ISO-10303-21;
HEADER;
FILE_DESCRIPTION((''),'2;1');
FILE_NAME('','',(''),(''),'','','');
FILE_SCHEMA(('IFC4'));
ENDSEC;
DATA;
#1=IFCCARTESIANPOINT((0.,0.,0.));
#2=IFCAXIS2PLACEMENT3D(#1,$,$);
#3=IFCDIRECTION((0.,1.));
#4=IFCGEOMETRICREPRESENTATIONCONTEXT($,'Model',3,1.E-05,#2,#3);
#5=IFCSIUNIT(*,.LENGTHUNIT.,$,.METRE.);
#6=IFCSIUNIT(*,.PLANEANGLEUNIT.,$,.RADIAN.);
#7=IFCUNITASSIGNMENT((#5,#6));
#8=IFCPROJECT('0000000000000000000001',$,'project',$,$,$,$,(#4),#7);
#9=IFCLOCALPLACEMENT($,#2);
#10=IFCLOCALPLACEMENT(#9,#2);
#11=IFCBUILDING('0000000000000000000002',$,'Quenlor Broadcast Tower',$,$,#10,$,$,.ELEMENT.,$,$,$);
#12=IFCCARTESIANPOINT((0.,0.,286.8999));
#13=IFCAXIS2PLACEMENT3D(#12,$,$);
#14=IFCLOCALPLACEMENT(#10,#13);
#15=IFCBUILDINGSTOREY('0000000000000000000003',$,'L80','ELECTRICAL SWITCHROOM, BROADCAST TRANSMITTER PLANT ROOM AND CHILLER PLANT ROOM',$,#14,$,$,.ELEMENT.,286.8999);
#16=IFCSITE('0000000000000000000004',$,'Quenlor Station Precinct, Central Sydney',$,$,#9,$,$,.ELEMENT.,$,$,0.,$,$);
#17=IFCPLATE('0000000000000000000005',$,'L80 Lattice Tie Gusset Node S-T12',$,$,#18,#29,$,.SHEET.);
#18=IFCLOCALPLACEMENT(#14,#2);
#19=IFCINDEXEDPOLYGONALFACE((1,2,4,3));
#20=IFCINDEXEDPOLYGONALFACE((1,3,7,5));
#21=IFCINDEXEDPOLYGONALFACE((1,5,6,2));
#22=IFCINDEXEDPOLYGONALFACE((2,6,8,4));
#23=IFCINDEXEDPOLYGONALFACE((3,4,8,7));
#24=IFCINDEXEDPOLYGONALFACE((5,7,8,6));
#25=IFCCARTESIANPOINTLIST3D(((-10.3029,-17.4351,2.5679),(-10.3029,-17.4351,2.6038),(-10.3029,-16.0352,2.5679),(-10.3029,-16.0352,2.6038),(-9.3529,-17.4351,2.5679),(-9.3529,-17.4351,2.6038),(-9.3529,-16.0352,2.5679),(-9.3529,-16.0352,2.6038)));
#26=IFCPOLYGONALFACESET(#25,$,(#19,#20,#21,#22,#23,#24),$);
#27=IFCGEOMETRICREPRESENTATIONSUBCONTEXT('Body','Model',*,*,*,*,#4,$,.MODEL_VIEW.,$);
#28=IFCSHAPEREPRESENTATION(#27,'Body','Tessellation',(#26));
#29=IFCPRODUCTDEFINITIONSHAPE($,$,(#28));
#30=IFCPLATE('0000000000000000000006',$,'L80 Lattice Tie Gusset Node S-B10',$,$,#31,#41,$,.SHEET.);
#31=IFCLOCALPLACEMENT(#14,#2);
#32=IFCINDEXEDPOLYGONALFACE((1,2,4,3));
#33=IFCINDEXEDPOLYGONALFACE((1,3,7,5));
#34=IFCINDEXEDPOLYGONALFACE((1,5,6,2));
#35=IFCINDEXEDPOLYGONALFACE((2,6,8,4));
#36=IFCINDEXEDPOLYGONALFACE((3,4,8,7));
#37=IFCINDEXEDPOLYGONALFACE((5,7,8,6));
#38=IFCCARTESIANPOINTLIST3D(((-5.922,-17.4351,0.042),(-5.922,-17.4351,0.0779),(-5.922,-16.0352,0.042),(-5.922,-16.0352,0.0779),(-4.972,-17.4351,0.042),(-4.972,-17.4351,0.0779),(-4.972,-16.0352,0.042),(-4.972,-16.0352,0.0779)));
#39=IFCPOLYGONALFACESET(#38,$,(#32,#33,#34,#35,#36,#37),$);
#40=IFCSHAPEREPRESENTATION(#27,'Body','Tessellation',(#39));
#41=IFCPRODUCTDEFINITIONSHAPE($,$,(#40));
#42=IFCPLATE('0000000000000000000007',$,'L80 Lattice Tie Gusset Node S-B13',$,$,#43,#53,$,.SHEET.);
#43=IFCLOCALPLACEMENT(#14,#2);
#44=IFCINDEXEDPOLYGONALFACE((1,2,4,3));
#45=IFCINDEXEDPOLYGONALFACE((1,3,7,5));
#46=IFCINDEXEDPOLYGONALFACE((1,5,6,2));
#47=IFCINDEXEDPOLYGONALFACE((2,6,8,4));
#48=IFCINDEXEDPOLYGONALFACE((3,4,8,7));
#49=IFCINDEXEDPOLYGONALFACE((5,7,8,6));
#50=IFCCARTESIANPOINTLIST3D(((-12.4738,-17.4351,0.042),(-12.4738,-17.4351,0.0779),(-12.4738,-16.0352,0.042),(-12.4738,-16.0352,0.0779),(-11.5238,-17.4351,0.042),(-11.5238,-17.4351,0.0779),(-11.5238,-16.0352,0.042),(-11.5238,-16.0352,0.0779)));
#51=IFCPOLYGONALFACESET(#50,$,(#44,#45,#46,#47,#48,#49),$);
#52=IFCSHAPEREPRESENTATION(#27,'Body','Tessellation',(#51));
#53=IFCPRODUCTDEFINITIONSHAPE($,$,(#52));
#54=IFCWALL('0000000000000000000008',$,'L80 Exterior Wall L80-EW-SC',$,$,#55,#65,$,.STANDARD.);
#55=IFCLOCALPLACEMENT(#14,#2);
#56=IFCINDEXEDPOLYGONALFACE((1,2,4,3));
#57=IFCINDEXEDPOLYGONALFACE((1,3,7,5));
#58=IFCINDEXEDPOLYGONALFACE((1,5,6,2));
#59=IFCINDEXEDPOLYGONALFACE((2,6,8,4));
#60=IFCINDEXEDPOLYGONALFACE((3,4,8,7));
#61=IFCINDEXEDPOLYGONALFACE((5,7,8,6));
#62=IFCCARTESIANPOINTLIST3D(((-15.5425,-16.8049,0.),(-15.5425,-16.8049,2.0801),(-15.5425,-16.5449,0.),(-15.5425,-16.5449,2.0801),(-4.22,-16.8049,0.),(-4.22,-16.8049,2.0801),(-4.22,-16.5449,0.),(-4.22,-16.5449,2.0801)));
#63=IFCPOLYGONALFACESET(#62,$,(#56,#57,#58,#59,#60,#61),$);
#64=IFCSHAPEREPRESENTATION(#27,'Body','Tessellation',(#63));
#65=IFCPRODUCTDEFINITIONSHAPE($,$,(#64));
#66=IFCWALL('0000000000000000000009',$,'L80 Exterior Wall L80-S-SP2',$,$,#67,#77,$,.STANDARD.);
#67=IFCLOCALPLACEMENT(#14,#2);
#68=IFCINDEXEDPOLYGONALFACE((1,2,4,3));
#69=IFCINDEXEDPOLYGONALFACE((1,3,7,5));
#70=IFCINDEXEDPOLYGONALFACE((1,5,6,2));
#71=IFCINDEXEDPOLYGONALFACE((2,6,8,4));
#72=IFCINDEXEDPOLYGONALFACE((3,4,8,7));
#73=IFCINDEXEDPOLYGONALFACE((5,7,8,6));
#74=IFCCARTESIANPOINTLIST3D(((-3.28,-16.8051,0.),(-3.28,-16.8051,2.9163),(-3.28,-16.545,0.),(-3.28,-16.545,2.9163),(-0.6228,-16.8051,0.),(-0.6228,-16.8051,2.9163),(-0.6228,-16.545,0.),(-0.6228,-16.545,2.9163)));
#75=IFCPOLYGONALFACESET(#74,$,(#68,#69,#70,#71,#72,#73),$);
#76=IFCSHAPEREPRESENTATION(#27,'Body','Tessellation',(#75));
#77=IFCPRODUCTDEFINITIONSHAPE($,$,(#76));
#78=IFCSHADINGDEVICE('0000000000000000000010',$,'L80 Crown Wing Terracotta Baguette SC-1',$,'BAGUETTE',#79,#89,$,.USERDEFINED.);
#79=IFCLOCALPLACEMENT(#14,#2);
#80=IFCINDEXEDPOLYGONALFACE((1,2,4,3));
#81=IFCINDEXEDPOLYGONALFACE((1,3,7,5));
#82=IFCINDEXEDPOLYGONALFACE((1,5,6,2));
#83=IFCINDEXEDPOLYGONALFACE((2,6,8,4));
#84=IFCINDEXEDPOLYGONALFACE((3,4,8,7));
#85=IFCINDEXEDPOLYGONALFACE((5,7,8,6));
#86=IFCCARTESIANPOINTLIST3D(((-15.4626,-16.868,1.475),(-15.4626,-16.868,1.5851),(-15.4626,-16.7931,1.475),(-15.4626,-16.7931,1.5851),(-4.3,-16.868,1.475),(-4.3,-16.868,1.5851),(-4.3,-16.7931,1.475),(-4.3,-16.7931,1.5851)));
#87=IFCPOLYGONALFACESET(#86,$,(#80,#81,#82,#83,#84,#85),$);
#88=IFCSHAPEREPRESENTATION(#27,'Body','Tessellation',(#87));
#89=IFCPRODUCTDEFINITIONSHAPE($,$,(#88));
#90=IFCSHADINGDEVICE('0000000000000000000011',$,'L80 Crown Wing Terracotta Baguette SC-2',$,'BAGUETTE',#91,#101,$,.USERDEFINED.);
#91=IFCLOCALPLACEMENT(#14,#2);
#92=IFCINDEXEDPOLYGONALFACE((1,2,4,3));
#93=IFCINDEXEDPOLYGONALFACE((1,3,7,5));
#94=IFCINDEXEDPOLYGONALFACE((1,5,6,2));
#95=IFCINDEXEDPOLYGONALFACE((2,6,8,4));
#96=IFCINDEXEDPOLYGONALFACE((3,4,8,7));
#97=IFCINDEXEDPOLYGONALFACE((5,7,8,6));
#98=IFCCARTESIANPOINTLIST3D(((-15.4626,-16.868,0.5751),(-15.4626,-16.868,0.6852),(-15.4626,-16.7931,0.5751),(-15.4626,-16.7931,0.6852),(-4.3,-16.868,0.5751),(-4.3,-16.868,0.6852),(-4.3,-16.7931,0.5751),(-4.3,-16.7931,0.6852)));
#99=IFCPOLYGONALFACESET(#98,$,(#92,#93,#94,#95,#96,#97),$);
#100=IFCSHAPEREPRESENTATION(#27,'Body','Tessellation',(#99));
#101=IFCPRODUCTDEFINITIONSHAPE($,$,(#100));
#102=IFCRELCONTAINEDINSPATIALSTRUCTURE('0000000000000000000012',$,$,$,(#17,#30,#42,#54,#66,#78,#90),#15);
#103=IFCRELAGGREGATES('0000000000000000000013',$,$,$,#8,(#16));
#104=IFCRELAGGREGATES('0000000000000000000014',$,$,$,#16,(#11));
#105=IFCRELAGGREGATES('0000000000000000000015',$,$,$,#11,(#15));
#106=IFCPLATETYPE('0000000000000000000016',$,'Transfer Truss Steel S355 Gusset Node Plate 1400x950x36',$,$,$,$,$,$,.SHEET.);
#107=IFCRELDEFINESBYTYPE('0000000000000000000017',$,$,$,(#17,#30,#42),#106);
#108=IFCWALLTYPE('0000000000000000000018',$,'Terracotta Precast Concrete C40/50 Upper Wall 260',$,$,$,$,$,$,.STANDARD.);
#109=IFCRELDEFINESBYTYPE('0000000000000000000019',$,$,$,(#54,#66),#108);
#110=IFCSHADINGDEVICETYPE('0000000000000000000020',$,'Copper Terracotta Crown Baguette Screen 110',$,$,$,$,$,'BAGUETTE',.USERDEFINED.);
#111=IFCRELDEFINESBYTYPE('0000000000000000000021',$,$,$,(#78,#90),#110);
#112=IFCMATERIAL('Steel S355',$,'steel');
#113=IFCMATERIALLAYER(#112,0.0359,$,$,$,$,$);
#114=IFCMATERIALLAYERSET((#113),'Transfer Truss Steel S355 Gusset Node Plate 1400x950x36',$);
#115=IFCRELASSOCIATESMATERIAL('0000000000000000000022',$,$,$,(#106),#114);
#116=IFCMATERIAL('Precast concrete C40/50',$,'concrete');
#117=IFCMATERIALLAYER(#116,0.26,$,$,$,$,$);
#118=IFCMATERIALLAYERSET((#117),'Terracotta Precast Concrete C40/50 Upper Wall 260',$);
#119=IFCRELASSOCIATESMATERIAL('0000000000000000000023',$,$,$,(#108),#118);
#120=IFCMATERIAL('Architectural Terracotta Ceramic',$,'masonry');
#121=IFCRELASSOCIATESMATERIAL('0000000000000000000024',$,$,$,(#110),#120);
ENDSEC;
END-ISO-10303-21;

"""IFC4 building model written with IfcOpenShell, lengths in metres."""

from ifc_helpers import new_model, si_unit, direction, frame, frame_2d, origin, origin_2d, place, context, subcontext, project, spatial, polyline, rectangle, outline, extrude, material, layer, layer_set, material_profile, profile_set, type_object, element, save


model = new_model("IFC4")

# Units and contexts
model_context = context("Model", 3, precision=1e-05, world=origin(), true_north=direction((0.0, 1.0)))
body_context = subcontext(model_context, "Body", "Model", "MODEL_VIEW")
ifc_project = project(units=[si_unit("LENGTHUNIT", "METRE"), si_unit("PLANEANGLEUNIT", "RADIAN")], contexts=[model_context])

# Site, building, storey
site_placement = place(None, origin())
site = spatial("IfcSite", under=ifc_project, at=site_placement, Name="Quenlor Station Precinct, Central Sydney", CompositionType="ELEMENT", RefElevation=0.0)
building_placement = place(site_placement, origin())
building = spatial("IfcBuilding", under=site, at=building_placement, Name="Quenlor Broadcast Tower", CompositionType="ELEMENT")
storey_placement = place(building_placement, frame((0.0, 0.0, 286.8999)))
storey = spatial("IfcBuildingStorey", under=building, at=storey_placement, Name="L80", Description="ELECTRICAL SWITCHROOM, BROADCAST TRANSMITTER PLANT ROOM AND CHILLER PLANT ROOM", CompositionType="ELEMENT", Elevation=286.8999)

# Plates
ifc_material_1 = material(Name="Steel S355", Category="steel")
ifc_layer_1 = layer(ifc_material_1, 0.0359)
ifc_layer_set_1 = layer_set([ifc_layer_1], Name="Transfer Truss Steel S355 Gusset Node Plate 1400x950x36")
plate_type_1 = type_object("IfcPlateType", Name="Transfer Truss Steel S355 Gusset Node Plate 1400x950x36", PredefinedType="SHEET", material=ifc_layer_set_1)
for number, where, z_axis, x_axis, name in (
    (1, (-9.8279, -16.7351, 2.5679), (0.0, 0.0, 1.0), (0.0, -1.0, 0.0), "L80 Lattice Tie Gusset Node S-T12"),
    (2, (-5.447, -16.7351, 0.042), (0.0, 0.0, 1.0), (0.0, -1.0, 0.0), "L80 Lattice Tie Gusset Node S-B10"),
    (3, (-11.9988, -16.7351, 0.042), (0.0, 0.0, 1.0), (0.0, -1.0, 0.0), "L80 Lattice Tie Gusset Node S-B13"),
):
    element("IfcPlate", number, at=place(storey_placement, frame(where, z_axis=z_axis, x_axis=x_axis)), inside=storey, type_object=plate_type_1, Name=name, PredefinedType="SHEET", context=body_context, shape_type="SweptSolid", body=[
        extrude(rectangle(XDim=1.3999, YDim=0.95, at=origin_2d()), origin(), (0.0, 0.0, 1.0), 0.0359),
    ])

# Walls
ifc_material_2 = material(Name="Precast concrete C40/50", Category="concrete")
ifc_layer_2 = layer(ifc_material_2, 0.26)
ifc_layer_set_2 = layer_set([ifc_layer_2], Name="Terracotta Precast Concrete C40/50 Upper Wall 260")
wall_type = type_object("IfcWallType", Name="Terracotta Precast Concrete C40/50 Upper Wall 260", PredefinedType="STANDARD", material=ifc_layer_set_2)
wall_1_placement = place(storey_placement, frame((-4.22, -16.675, 0.0), z_axis=(0.0, 0.0, 1.0), x_axis=(-1.0, 0.0, 0.0)))
element("IfcWall", 4, at=wall_1_placement, inside=storey, type_object=wall_type, Name="L80 Exterior Wall L80-EW-SC", PredefinedType="STANDARD", context=body_context, shape_type="SweptSolid", body=[
    extrude(outline(polyline([(0.0, 0.0), (11.3225, 0.0), (11.3225, 2.0801), (0.0, 2.0801), (0.0, 0.0)])), frame((0.0, 0.1299, 0.0), z_axis=(0.0, -1.0, 0.0), x_axis=(1.0, 0.0, 0.0)), (0.0, 0.0, 1.0), 0.26),
])
wall_2_placement = place(storey_placement, frame((-0.6228, -16.675, 0.0), z_axis=(0.0, 0.0, 1.0), x_axis=(-1.0, 0.0, 0.0)))
element("IfcWall", 5, at=wall_2_placement, inside=storey, type_object=wall_type, Name="L80 Exterior Wall L80-S-SP2", PredefinedType="STANDARD", context=body_context, shape_type="SweptSolid", body=[
    extrude(rectangle(XDim=2.6572, YDim=0.26, at=frame_2d((1.3286, 0.0))), origin(), (0.0, 0.0, 1.0), 2.9163),
])

# Shading devices
ifc_material_3 = material(Name="Architectural Terracotta Ceramic", Category="masonry")
ifc_material_profile_1 = material_profile(ifc_material_3, rectangle(XDim=0.075, YDim=0.1101, at=origin_2d()))
ifc_profile_set_1 = profile_set([ifc_material_profile_1], Name="Architectural Terracotta Ceramic BAG75x110")
shading_device_type = type_object("IfcShadingDeviceType", Name="Copper Terracotta Crown Baguette Screen 110", ElementType="BAGUETTE", PredefinedType="USERDEFINED", material=ifc_profile_set_1)
for number, where, z_axis, x_axis, name in (
    (6, (-4.3, -16.8306, 1.53), (-1.0, 0.0, 0.0), (0.0, -1.0, 0.0), "L80 Crown Wing Terracotta Baguette SC-1"),
    (7, (-4.3, -16.8306, 0.6301), (-1.0, 0.0, 0.0), (0.0, -1.0, 0.0), "L80 Crown Wing Terracotta Baguette SC-2"),
):
    element("IfcShadingDevice", number, at=place(storey_placement, frame(where, z_axis=z_axis, x_axis=x_axis)), inside=storey, type_object=shading_device_type, Name=name, ObjectType="BAGUETTE", PredefinedType="USERDEFINED", context=body_context, shape_type="SweptSolid", body=[
        extrude(rectangle(XDim=0.075, YDim=0.1101, at=origin_2d()), origin(), (0.0, 0.0, 1.0), 11.1626),
    ])

save(model, "model.ifc")
